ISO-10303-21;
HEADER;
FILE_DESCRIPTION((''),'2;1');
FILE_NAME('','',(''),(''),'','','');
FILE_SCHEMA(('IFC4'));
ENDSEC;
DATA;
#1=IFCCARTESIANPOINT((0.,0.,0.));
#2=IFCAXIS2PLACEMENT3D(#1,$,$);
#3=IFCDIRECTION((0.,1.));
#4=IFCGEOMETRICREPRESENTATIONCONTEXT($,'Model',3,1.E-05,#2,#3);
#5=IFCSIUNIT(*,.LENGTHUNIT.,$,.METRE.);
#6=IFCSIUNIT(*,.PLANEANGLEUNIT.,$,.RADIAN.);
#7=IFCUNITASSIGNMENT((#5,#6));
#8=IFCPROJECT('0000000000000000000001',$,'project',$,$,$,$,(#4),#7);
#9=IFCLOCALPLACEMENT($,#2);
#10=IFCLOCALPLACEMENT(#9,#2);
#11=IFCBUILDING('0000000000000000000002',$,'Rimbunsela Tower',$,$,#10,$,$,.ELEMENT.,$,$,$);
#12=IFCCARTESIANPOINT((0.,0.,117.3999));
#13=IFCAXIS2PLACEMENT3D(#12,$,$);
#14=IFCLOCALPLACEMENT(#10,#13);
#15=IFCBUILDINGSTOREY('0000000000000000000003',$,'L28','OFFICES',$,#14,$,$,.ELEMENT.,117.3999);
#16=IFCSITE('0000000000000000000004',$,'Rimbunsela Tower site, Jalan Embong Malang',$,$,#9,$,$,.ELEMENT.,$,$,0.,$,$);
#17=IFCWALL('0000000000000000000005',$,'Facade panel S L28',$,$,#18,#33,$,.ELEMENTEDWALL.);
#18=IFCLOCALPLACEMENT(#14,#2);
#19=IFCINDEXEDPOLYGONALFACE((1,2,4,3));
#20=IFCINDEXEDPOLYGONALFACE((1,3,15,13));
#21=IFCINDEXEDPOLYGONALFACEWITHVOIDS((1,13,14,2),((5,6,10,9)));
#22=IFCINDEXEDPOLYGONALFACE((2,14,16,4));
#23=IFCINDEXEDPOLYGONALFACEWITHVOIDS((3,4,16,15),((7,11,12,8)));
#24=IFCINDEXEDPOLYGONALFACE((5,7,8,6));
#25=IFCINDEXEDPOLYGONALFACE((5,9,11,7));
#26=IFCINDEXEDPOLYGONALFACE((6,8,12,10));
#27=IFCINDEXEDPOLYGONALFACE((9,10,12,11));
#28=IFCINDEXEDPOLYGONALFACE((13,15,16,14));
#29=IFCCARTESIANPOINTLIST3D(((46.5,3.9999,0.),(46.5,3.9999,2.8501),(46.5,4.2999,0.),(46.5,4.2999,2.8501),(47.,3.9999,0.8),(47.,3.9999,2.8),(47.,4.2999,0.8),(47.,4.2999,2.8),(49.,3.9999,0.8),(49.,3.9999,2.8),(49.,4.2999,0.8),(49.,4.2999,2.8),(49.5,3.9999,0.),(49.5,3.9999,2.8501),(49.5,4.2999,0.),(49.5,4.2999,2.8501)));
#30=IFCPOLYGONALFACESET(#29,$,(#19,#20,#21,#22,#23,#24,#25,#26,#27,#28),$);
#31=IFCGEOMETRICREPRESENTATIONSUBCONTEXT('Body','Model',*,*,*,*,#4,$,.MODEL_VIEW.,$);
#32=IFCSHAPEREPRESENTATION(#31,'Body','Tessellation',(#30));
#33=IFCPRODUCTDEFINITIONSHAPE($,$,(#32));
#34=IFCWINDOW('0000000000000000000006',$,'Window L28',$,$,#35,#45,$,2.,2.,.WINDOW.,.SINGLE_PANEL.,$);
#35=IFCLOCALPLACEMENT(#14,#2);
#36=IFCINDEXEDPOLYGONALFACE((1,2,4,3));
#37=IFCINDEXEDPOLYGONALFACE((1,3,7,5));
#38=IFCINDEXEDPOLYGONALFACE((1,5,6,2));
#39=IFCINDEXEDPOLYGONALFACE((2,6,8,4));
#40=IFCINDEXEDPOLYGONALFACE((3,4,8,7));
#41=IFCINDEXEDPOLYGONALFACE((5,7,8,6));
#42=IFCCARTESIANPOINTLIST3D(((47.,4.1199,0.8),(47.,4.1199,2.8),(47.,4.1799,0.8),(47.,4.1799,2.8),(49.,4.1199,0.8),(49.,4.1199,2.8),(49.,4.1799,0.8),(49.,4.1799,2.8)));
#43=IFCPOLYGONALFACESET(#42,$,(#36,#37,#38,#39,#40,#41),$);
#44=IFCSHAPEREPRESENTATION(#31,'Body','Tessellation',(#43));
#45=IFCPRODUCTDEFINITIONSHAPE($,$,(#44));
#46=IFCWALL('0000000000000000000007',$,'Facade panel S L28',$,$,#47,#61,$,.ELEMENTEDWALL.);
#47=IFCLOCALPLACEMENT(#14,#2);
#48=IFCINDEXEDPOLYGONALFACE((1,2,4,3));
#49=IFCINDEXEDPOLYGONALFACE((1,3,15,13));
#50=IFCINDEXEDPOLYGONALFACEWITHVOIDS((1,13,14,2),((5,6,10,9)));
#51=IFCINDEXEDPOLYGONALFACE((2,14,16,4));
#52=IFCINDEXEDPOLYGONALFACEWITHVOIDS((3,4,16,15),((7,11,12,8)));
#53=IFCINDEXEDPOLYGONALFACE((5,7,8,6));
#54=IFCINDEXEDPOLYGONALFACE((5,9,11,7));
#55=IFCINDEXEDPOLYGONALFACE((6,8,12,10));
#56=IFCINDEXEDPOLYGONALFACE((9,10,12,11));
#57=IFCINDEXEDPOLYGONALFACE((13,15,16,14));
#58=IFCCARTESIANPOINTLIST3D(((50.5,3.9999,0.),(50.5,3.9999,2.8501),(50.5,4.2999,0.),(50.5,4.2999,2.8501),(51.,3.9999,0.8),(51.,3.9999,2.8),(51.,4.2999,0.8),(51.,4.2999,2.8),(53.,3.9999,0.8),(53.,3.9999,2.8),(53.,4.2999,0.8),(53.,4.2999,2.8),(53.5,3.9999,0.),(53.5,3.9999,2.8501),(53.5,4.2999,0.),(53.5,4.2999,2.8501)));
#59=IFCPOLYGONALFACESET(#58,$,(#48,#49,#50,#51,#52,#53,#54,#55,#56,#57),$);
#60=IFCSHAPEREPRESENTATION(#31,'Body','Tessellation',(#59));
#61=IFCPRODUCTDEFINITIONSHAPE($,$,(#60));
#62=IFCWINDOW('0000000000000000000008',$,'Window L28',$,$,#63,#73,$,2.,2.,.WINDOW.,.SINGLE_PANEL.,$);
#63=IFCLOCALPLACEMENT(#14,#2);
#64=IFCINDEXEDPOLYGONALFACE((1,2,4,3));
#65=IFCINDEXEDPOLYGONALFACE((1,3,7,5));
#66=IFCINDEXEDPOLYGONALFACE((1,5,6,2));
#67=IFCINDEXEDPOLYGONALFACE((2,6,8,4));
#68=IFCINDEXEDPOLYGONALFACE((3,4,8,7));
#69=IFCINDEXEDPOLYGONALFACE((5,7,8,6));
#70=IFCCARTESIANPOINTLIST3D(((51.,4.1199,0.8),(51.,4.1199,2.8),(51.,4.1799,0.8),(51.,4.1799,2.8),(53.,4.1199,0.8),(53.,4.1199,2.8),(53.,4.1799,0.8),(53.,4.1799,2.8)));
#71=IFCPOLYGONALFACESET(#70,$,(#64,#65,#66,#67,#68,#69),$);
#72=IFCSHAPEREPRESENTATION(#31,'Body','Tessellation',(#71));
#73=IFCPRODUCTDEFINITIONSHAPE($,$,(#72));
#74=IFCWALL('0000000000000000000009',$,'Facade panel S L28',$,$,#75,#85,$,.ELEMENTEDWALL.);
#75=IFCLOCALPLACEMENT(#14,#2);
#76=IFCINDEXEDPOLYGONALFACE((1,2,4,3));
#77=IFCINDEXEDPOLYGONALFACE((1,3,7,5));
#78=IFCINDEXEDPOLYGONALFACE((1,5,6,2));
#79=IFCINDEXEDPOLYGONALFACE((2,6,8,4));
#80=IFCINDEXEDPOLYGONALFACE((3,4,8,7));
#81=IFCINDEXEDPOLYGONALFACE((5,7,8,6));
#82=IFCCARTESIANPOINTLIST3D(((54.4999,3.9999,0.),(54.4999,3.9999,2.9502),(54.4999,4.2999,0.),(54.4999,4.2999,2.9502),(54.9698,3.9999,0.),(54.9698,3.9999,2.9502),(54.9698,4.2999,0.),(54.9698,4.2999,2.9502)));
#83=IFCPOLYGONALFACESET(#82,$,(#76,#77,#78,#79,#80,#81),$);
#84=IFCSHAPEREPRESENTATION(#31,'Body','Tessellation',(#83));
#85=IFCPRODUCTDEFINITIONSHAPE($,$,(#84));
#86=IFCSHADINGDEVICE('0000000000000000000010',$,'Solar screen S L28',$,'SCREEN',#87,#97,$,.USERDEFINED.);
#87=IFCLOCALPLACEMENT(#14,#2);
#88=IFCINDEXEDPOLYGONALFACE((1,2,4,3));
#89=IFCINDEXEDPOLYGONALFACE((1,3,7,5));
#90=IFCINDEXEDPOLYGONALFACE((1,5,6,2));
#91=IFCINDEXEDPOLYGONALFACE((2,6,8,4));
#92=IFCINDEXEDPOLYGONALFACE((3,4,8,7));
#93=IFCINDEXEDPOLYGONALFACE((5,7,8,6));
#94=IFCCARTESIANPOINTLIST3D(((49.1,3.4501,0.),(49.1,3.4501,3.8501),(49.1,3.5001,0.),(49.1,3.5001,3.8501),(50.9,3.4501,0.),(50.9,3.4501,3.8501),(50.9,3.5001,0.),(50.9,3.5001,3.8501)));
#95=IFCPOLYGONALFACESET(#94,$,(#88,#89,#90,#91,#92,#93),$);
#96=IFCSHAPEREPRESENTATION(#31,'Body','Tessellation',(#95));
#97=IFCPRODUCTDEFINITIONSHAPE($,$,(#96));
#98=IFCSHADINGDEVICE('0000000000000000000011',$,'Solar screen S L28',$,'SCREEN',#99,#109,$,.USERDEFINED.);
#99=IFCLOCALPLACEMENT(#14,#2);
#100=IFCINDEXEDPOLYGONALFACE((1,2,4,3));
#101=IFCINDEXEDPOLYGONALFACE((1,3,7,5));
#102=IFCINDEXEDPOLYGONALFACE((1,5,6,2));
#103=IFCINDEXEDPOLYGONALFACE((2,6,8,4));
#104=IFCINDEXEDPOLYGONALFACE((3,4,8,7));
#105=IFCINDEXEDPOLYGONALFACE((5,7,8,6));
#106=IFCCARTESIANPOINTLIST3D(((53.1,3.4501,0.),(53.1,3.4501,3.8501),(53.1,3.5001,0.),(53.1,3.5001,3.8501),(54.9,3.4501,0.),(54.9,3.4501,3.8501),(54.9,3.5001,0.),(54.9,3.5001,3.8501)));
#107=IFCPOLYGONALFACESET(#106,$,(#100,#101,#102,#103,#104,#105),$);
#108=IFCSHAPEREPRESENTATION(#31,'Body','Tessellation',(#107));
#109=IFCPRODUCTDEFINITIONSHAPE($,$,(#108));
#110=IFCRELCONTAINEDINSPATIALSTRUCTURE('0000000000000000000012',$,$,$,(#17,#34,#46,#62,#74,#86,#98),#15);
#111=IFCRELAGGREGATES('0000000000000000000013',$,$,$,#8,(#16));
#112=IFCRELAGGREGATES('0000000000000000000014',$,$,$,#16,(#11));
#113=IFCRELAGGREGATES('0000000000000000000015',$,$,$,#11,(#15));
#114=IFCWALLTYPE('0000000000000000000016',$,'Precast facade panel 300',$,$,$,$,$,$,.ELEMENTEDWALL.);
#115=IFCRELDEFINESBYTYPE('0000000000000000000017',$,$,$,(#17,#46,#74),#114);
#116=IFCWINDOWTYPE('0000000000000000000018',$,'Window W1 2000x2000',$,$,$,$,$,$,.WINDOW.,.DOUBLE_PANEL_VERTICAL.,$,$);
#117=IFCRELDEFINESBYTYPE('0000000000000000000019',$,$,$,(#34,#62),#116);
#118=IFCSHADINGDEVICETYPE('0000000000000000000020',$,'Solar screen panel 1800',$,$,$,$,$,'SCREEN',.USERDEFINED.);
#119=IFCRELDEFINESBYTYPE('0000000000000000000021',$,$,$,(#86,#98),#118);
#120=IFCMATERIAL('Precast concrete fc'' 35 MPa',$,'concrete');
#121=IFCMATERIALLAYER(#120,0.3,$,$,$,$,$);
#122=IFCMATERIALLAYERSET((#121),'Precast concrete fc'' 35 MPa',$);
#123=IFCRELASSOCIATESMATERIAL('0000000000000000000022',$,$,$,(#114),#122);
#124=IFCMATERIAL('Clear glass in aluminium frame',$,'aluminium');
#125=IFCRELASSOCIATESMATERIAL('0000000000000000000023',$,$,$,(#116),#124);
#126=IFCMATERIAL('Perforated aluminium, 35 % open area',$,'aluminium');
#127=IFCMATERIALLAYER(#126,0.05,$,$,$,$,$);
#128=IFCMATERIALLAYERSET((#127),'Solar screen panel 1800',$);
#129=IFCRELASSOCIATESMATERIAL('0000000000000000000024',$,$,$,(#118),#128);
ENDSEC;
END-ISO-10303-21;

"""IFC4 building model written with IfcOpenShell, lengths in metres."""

from ifc_helpers import new_model, si_unit, direction, frame, frame_2d, origin, origin_2d, place, context, subcontext, project, spatial, rectangle, extrude, material, layer, layer_set, type_object, element, fill, save


model = new_model("IFC4")

# Units and contexts
model_context = context("Model", 3, precision=1e-05, world=origin(), true_north=direction((0.0, 1.0)))
body_context = subcontext(model_context, "Body", "Model", "MODEL_VIEW")
ifc_project = project(units=[si_unit("LENGTHUNIT", "METRE"), si_unit("PLANEANGLEUNIT", "RADIAN")], contexts=[model_context])

# Site, building, storey
site_placement = place(None, origin())
site = spatial("IfcSite", under=ifc_project, at=site_placement, Name="Rimbunsela Tower site, Jalan Embong Malang", CompositionType="ELEMENT", RefElevation=0.0)
building_placement = place(site_placement, origin())
building = spatial("IfcBuilding", under=site, at=building_placement, Name="Rimbunsela Tower", CompositionType="ELEMENT")
storey_placement = place(building_placement, frame((0.0, 0.0, 117.3999)))
storey = spatial("IfcBuildingStorey", under=building, at=storey_placement, Name="L28", Description="OFFICES", CompositionType="ELEMENT", Elevation=117.3999)

# Walls, openings, windows
ifc_material_1 = material(Name="Precast concrete fc' 35 MPa", Category="concrete")
ifc_layer_1 = layer(ifc_material_1, 0.3)
ifc_layer_set_1 = layer_set([ifc_layer_1], Name="Precast concrete fc' 35 MPa")
wall_type = type_object("IfcWallType", Name="Precast facade panel 300", PredefinedType="ELEMENTEDWALL", material=ifc_layer_set_1)
wall_1_placement = place(storey_placement, frame((46.5, 4.1499, 0.0), z_axis=(0.0, 0.0, 1.0), x_axis=(1.0, 0.0, 0.0)))
wall_1 = element("IfcWall", 1, at=wall_1_placement, inside=storey, type_object=wall_type, Name="Facade panel S L28", PredefinedType="ELEMENTEDWALL", context=body_context, shape_type="SweptSolid", body=[
    extrude(rectangle(XDim=3.0, YDim=0.3, at=frame_2d((1.5, 0.0))), origin(), (0.0, 0.0, 1.0), 2.8501),
])
opening_1_placement = place(wall_1_placement, frame((0.5, 0.0, 0.8)))
opening_1 = element("IfcOpeningElement", 2, at=opening_1_placement, cuts=wall_1, PredefinedType="OPENING", context=body_context, shape_type="SweptSolid", body=[
    extrude(rectangle(XDim=2.0, YDim=2.0, at=frame_2d((1.0, 1.0))), frame((0.0, 0.1599, 0.0), z_axis=(0.0, -1.0, 0.0), x_axis=(1.0, 0.0, 0.0)), (0.0, 0.0, 1.0), 0.3201),
])
ifc_material_2 = material(Name="Clear glass in aluminium frame", Category="aluminium")
window_type = type_object("IfcWindowType", Name="Window W1 2000x2000", PartitioningType="DOUBLE_PANEL_VERTICAL", PredefinedType="WINDOW", material=ifc_material_2)
window_1_placement = place(opening_1_placement, origin())
window_1 = element("IfcWindow", 3, at=window_1_placement, inside=storey, type_object=window_type, Name="Window L28", OverallHeight=2.0, OverallWidth=2.0, PartitioningType="SINGLE_PANEL", PredefinedType="WINDOW", context=body_context, shape_type="SweptSolid", body=[
    extrude(rectangle(XDim=2.0, YDim=2.0, at=frame_2d((1.0, 1.0))), frame((0.0, 0.03, 0.0), z_axis=(0.0, -1.0, 0.0), x_axis=(1.0, 0.0, 0.0)), (0.0, 0.0, 1.0), 0.0601),
])
fill(opening_1, window_1)
wall_2_placement = place(storey_placement, frame((50.5, 4.1499, 0.0), z_axis=(0.0, 0.0, 1.0), x_axis=(1.0, 0.0, 0.0)))
wall_2 = element("IfcWall", 4, at=wall_2_placement, inside=storey, type_object=wall_type, Name="Facade panel S L28", PredefinedType="ELEMENTEDWALL", context=body_context, shape_type="SweptSolid", body=[
    extrude(rectangle(XDim=3.0, YDim=0.3, at=frame_2d((1.5, 0.0))), origin(), (0.0, 0.0, 1.0), 2.8501),
])
opening_2_placement = place(wall_2_placement, frame((0.5, 0.0, 0.8)))
opening_2 = element("IfcOpeningElement", 5, at=opening_2_placement, cuts=wall_2, PredefinedType="OPENING", context=body_context, shape_type="SweptSolid", body=[
    extrude(rectangle(XDim=2.0, YDim=2.0, at=frame_2d((1.0, 1.0))), frame((0.0, 0.1599, 0.0), z_axis=(0.0, -1.0, 0.0), x_axis=(1.0, 0.0, 0.0)), (0.0, 0.0, 1.0), 0.3201),
])
window_2_placement = place(opening_2_placement, origin())
window_2 = element("IfcWindow", 6, at=window_2_placement, inside=storey, type_object=window_type, Name="Window L28", OverallHeight=2.0, OverallWidth=2.0, PartitioningType="SINGLE_PANEL", PredefinedType="WINDOW", context=body_context, shape_type="SweptSolid", body=[
    extrude(rectangle(XDim=2.0, YDim=2.0, at=frame_2d((1.0, 1.0))), frame((0.0, 0.03, 0.0), z_axis=(0.0, -1.0, 0.0), x_axis=(1.0, 0.0, 0.0)), (0.0, 0.0, 1.0), 0.0601),
])
fill(opening_2, window_2)

# Wall
wall_3_placement = place(storey_placement, frame((54.5, 4.1499, 0.0), z_axis=(0.0, 0.0, 1.0), x_axis=(1.0, 0.0, 0.0)))
element("IfcWall", 7, at=wall_3_placement, inside=storey, type_object=wall_type, Name="Facade panel S L28", PredefinedType="ELEMENTEDWALL", context=body_context, shape_type="SweptSolid", body=[
    extrude(rectangle(XDim=0.47, YDim=0.3, at=frame_2d((0.2349, 0.0))), origin(), (0.0, 0.0, 1.0), 2.9502),
])

# Shading devices
ifc_material_3 = material(Name="Perforated aluminium, 35 % open area", Category="aluminium")
ifc_layer_2 = layer(ifc_material_3, 0.05)
ifc_layer_set_2 = layer_set([ifc_layer_2], Name="Solar screen panel 1800")
shading_device_type = type_object("IfcShadingDeviceType", Name="Solar screen panel 1800", ElementType="SCREEN", PredefinedType="USERDEFINED", material=ifc_layer_set_2)
for number, where, z_axis, x_axis, name in (
    (8, (50.0, 3.4751, 0.0), (0.0, 0.0, 1.0), (1.0, 0.0, 0.0), "Solar screen S L28"),
    (9, (54.0, 3.4751, 0.0), (0.0, 0.0, 1.0), (1.0, 0.0, 0.0), "Solar screen S L28"),
):
    element("IfcShadingDevice", number, at=place(storey_placement, frame(where, z_axis=z_axis, x_axis=x_axis)), inside=storey, type_object=shading_device_type, Name=name, ObjectType="SCREEN", PredefinedType="USERDEFINED", context=body_context, shape_type="SweptSolid", body=[
        extrude(rectangle(XDim=1.8, YDim=0.05, at=origin_2d()), origin(), (0.0, 0.0, 1.0), 3.8501),
    ])

save(model, "model.ifc")
